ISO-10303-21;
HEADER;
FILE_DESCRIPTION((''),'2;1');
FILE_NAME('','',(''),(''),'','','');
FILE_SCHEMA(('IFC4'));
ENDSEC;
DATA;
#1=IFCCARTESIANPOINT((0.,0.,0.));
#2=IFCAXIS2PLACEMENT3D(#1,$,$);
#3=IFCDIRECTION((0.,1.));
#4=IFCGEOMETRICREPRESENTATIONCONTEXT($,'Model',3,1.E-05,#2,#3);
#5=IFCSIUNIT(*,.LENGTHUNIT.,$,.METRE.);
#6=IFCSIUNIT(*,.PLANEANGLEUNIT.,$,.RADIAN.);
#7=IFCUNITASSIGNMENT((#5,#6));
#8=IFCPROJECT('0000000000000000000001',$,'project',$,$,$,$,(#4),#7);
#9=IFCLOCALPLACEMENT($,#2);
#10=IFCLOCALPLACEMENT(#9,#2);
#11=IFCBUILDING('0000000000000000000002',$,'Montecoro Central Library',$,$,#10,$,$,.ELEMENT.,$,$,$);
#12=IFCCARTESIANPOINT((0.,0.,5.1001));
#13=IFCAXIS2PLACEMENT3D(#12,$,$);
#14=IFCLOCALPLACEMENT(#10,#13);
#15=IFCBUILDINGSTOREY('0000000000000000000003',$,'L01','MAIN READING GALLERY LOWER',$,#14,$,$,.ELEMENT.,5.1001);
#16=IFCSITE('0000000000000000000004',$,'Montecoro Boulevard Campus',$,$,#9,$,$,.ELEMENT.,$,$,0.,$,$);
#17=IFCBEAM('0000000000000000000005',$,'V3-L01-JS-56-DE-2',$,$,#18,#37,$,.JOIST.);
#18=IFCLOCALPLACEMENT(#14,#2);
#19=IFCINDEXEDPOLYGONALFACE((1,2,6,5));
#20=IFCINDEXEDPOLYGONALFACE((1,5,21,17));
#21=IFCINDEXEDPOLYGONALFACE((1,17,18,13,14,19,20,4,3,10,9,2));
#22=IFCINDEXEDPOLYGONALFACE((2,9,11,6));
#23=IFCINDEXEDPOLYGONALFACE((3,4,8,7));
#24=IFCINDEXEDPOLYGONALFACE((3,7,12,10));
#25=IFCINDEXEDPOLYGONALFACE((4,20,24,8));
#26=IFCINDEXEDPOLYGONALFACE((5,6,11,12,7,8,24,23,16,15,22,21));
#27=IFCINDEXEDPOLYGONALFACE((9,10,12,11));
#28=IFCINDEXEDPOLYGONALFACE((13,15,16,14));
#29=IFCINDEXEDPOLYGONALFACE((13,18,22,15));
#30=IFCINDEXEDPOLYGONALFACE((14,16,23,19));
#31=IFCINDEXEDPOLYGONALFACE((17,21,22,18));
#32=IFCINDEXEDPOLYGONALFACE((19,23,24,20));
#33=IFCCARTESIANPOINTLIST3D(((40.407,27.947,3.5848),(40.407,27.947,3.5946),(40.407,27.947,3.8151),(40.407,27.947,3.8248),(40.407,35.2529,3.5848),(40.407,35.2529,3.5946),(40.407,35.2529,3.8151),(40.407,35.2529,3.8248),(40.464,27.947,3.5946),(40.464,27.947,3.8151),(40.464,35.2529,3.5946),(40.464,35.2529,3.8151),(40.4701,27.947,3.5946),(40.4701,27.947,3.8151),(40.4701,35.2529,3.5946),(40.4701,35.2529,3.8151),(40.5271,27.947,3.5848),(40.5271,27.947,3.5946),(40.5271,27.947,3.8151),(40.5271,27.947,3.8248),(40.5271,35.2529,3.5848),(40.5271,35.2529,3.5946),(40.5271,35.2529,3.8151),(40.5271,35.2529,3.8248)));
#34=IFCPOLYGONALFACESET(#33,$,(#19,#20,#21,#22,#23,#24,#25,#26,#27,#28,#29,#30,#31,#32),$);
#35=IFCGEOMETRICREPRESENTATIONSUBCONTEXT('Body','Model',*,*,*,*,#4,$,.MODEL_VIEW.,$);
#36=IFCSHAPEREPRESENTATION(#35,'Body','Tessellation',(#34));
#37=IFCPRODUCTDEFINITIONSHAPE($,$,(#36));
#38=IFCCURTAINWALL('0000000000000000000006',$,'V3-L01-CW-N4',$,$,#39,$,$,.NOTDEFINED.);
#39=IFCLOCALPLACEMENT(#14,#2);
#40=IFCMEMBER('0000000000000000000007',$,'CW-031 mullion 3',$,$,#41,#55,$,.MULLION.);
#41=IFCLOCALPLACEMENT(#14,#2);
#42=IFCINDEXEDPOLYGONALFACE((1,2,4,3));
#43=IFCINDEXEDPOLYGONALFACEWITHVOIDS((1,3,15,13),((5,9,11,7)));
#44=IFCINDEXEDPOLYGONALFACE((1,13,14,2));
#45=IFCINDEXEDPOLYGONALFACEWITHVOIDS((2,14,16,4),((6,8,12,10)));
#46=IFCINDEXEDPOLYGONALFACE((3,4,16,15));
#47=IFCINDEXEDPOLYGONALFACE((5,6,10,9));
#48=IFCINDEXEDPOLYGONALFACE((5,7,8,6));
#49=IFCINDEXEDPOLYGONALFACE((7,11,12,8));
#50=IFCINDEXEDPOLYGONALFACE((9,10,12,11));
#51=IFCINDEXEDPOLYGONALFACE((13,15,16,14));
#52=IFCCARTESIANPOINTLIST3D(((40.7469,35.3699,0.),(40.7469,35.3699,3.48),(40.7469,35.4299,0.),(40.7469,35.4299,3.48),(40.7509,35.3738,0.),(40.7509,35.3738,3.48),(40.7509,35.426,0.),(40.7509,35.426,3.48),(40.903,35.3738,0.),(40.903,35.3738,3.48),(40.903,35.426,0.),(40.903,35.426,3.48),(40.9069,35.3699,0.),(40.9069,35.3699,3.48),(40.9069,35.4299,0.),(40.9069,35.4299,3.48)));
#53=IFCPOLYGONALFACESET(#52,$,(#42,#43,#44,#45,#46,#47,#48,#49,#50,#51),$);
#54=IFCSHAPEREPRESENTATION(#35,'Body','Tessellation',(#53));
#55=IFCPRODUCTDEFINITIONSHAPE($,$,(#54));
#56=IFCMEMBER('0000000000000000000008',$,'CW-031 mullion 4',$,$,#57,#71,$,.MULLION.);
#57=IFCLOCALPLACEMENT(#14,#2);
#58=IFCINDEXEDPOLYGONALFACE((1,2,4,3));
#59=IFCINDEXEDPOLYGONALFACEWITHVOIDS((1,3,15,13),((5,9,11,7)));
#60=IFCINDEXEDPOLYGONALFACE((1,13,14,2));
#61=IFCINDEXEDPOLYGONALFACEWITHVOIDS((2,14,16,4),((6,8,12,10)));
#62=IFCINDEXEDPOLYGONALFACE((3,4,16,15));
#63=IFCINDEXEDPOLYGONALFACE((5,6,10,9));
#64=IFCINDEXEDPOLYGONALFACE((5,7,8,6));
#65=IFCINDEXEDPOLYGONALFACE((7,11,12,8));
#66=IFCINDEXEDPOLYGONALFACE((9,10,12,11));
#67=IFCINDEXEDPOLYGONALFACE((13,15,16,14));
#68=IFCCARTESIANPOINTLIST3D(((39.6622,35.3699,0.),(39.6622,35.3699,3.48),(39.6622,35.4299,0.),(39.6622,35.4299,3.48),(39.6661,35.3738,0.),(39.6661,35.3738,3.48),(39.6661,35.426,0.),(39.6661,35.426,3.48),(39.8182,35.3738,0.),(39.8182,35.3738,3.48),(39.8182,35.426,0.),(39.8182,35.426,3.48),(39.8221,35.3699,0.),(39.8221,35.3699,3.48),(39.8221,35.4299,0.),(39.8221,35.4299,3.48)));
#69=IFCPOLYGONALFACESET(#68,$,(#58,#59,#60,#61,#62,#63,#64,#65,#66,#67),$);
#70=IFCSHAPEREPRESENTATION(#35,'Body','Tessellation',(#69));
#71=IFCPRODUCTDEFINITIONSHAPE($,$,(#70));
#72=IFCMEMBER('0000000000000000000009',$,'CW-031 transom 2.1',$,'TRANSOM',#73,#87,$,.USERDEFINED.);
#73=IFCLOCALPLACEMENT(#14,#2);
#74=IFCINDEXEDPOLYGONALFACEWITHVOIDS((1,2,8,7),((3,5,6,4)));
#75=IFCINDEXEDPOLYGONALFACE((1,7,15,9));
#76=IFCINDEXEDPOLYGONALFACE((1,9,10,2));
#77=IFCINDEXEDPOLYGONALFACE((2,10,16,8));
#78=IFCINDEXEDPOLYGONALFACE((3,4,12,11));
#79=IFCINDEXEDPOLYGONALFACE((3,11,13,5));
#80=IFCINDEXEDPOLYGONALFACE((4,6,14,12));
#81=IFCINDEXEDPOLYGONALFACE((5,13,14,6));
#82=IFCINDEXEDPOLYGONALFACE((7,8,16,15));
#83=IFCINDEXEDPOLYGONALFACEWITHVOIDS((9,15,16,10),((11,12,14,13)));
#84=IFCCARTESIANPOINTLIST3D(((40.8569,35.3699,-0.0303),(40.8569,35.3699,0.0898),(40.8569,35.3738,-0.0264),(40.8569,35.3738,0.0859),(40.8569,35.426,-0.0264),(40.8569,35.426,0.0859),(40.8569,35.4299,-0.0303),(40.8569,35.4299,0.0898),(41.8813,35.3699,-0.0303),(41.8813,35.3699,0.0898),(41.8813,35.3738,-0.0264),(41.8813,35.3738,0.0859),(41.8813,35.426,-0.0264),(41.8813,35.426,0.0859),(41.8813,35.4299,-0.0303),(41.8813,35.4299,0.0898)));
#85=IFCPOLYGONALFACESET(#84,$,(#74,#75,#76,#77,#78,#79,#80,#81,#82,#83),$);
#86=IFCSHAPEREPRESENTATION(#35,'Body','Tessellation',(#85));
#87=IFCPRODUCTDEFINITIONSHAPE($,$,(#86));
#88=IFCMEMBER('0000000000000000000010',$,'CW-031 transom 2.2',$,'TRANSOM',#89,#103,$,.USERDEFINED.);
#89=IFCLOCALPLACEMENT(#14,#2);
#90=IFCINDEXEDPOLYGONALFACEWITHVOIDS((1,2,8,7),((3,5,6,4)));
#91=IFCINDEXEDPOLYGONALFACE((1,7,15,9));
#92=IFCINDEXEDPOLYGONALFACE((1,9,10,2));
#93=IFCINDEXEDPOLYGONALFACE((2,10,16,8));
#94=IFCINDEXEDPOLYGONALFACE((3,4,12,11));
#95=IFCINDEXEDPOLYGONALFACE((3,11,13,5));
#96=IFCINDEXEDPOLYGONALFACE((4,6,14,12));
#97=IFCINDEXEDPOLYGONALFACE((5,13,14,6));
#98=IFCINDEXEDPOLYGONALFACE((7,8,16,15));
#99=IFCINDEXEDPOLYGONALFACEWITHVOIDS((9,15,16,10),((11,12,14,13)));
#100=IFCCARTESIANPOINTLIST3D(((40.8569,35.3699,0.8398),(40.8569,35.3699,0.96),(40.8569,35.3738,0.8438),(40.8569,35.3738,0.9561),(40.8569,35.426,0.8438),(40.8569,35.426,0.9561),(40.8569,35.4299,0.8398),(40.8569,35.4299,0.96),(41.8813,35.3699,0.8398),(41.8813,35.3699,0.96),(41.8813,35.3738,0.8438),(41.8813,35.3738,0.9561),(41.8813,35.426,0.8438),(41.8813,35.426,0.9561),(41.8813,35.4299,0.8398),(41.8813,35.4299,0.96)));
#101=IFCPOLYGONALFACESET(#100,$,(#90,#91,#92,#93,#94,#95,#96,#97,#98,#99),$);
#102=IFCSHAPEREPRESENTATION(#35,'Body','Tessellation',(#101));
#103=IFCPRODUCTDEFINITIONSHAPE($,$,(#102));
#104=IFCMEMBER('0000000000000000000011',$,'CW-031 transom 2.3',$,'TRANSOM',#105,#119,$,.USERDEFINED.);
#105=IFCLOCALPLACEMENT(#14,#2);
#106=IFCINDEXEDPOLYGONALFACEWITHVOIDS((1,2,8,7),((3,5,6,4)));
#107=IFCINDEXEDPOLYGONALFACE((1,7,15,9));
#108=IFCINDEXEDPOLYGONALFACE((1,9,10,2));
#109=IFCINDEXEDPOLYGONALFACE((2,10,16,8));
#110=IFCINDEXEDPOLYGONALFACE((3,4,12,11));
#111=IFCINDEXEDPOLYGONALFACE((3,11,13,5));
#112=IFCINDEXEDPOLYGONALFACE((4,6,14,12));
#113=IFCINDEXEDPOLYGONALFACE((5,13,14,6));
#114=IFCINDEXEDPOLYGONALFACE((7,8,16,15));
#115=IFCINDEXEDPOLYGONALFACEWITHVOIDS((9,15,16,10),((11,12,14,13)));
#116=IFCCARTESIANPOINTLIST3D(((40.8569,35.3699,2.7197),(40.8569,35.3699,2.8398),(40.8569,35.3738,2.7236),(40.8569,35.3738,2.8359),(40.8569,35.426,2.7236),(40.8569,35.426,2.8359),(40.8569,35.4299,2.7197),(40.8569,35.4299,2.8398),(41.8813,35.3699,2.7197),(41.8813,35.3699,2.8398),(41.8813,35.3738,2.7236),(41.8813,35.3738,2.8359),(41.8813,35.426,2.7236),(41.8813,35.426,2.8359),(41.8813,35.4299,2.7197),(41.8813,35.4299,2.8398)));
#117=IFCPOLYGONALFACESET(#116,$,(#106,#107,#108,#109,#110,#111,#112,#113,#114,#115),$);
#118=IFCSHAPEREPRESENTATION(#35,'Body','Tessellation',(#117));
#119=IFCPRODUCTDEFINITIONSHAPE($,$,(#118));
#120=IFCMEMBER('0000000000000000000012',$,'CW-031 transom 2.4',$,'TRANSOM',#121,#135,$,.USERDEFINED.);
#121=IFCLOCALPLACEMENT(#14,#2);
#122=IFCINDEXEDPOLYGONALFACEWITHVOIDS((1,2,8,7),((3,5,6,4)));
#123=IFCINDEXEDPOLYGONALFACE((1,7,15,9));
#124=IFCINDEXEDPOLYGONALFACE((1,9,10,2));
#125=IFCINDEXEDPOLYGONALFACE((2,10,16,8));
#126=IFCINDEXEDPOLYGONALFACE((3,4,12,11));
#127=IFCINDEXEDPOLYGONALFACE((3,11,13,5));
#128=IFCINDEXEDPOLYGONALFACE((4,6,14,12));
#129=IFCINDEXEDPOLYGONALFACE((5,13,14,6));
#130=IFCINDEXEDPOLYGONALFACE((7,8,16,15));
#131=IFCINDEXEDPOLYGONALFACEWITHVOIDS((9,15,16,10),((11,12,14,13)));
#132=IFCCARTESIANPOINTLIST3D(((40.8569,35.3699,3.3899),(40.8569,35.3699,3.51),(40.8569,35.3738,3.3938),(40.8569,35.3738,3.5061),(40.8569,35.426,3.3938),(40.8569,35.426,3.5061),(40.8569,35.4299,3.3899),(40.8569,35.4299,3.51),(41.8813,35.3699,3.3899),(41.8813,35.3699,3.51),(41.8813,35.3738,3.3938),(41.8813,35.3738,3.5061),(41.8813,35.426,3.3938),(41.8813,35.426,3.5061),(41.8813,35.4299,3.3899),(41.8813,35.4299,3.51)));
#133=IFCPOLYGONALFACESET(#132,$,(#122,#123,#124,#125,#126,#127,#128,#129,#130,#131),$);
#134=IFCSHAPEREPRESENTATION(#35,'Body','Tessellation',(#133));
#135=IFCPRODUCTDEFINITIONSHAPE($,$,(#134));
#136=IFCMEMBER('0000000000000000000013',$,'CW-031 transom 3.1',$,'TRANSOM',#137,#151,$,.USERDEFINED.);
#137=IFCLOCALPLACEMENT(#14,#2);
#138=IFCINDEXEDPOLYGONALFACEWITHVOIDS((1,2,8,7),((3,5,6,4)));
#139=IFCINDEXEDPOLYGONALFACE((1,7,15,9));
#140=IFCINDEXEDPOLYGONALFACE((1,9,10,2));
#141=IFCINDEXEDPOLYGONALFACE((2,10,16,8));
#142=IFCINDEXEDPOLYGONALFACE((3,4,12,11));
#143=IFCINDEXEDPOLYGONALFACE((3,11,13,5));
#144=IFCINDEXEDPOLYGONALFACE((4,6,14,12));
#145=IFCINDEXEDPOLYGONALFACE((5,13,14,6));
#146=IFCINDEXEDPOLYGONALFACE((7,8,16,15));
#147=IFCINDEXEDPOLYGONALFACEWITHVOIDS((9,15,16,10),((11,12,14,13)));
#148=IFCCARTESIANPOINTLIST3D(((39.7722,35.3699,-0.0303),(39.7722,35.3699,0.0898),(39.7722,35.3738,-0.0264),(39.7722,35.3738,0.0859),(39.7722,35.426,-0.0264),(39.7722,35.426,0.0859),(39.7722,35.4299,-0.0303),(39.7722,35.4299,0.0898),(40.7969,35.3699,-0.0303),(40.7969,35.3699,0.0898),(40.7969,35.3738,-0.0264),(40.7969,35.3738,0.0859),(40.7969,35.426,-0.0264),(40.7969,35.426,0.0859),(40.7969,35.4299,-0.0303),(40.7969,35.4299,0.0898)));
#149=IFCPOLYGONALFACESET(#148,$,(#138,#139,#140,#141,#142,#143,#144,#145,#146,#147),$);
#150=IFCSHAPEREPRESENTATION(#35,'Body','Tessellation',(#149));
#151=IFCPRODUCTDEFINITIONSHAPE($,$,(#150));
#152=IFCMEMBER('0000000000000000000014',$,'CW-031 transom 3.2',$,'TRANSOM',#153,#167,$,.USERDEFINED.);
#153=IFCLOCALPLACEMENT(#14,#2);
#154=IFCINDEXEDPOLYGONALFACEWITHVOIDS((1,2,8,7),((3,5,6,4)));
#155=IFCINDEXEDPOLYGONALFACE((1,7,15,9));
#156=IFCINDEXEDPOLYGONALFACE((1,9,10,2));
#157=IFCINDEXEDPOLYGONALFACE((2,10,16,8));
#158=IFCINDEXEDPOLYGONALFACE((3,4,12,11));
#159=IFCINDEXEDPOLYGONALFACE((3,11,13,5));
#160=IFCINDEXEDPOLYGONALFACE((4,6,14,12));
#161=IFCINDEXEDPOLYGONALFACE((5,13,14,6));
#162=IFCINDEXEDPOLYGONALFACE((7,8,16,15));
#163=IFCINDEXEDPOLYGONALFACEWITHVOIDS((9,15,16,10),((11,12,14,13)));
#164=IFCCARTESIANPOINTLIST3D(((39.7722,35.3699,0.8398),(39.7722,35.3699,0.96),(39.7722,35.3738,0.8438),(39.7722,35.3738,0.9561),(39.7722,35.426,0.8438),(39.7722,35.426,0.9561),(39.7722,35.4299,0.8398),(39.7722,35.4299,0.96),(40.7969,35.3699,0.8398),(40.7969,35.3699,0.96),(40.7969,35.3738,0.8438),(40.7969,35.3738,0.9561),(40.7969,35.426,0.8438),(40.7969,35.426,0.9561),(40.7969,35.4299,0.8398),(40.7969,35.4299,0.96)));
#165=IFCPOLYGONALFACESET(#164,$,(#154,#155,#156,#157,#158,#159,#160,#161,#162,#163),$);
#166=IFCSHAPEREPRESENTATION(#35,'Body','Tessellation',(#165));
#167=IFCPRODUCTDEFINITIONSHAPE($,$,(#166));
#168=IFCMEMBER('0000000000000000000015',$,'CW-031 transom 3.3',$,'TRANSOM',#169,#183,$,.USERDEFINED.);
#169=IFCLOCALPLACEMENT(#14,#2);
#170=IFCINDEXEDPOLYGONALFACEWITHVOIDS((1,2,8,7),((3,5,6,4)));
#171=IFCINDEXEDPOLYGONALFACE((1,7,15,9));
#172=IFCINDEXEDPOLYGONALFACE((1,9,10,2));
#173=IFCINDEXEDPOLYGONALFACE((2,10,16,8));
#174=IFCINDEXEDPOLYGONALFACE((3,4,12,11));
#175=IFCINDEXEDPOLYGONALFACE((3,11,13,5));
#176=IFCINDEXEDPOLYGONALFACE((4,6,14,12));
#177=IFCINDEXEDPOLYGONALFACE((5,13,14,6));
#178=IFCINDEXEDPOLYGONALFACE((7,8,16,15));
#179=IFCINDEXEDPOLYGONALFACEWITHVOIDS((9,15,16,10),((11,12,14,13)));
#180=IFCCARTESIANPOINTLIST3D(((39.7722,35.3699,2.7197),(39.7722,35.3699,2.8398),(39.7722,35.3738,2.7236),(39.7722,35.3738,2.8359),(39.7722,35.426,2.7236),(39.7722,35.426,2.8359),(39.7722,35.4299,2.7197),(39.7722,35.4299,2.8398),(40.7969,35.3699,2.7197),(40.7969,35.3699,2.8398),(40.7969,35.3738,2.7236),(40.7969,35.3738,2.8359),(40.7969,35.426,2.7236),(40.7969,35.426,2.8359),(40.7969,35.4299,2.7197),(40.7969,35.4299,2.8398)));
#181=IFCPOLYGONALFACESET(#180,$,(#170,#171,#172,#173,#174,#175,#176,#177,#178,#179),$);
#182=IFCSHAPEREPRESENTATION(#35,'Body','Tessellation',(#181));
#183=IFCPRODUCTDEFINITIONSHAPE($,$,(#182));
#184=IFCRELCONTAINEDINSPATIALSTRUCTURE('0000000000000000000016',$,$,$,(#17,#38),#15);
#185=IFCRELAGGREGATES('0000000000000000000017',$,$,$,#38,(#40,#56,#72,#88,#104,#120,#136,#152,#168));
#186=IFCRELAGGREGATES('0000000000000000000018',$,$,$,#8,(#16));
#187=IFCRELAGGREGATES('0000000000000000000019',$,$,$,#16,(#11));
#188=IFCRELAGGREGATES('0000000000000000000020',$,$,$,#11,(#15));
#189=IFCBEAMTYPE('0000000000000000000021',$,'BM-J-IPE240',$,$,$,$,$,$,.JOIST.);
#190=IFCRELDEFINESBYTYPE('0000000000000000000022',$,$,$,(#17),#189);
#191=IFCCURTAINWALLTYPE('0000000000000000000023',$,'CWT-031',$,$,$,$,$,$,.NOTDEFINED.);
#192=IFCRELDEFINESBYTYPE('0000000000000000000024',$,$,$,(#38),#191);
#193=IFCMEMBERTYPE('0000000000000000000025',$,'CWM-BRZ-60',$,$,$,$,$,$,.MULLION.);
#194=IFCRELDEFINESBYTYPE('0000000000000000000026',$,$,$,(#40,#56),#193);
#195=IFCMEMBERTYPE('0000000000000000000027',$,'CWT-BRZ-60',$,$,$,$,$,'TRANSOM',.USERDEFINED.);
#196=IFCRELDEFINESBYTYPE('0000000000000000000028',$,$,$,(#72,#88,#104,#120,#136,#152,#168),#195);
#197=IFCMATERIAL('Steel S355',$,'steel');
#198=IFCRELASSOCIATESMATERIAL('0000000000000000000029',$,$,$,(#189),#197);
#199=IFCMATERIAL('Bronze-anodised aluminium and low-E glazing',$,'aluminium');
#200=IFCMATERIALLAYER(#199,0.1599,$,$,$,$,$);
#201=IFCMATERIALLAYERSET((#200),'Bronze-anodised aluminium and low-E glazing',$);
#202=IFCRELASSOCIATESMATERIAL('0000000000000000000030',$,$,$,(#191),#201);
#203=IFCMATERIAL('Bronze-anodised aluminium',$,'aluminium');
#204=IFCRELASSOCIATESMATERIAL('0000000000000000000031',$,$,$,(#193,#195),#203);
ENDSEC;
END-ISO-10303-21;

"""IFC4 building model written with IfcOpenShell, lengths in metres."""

from ifc_helpers import new_model, si_unit, direction, frame, origin, origin_2d, place, context, subcontext, project, spatial, hollow_rectangle, i_section, extrude, material, layer, layer_set, material_profile, profile_set, type_object, element, aggregate, save


model = new_model("IFC4")

# Units and contexts
model_context = context("Model", 3, precision=1e-05, world=origin(), true_north=direction((0.0, 1.0)))
body_context = subcontext(model_context, "Body", "Model", "MODEL_VIEW")
ifc_project = project(units=[si_unit("LENGTHUNIT", "METRE"), si_unit("PLANEANGLEUNIT", "RADIAN")], contexts=[model_context])

# Site, building, storey
site_placement = place(None, origin())
site = spatial("IfcSite", under=ifc_project, at=site_placement, Name="Montecoro Boulevard Campus", CompositionType="ELEMENT", RefElevation=0.0)
building_placement = place(site_placement, origin())
building = spatial("IfcBuilding", under=site, at=building_placement, Name="Montecoro Central Library", CompositionType="ELEMENT")
storey_placement = place(building_placement, frame((0.0, 0.0, 5.1001)))
storey = spatial("IfcBuildingStorey", under=building, at=storey_placement, Name="L01", Description="MAIN READING GALLERY LOWER", CompositionType="ELEMENT", Elevation=5.1001)

# Beam
ifc_material_1 = material(Name="Steel S355", Category="steel")
ifc_material_profile_1 = material_profile(ifc_material_1, i_section(OverallWidth=0.1201, OverallDepth=0.24, WebThickness=0.0061, FlangeThickness=0.0098, at=origin_2d()), Name="IPE 240")
ifc_profile_set_1 = profile_set([ifc_material_profile_1], Name="Steel S355")
beam_type = type_object("IfcBeamType", Name="BM-J-IPE240", PredefinedType="JOIST", material=ifc_profile_set_1)
beam_placement = place(storey_placement, frame((40.467, 27.947, 3.7048), z_axis=(0.0, 1.0, 0.0), x_axis=(-1.0, 0.0, 0.0)))
element("IfcBeam", 1, at=beam_placement, inside=storey, type_object=beam_type, Name="V3-L01-JS-56-DE-2", PredefinedType="JOIST", context=body_context, shape_type="SweptSolid", body=[
    extrude(i_section(OverallWidth=0.1201, OverallDepth=0.24, WebThickness=0.0061, FlangeThickness=0.0098, at=origin_2d()), origin(), (0.0, 0.0, 1.0), 7.3059),
])

# Curtain wall, members
ifc_material_2 = material(Name="Bronze-anodised aluminium and low-E glazing", Category="aluminium")
ifc_layer_1 = layer(ifc_material_2, 0.1599)
ifc_layer_set_1 = layer_set([ifc_layer_1], Name="Bronze-anodised aluminium and low-E glazing")
curtain_wall_type = type_object("IfcCurtainWallType", Name="CWT-031", PredefinedType="NOTDEFINED", material=ifc_layer_set_1)
curtain_wall_placement = place(storey_placement, origin())
curtain_wall = element("IfcCurtainWall", 2, at=curtain_wall_placement, inside=storey, type_object=curtain_wall_type, Name="V3-L01-CW-N4", PredefinedType="NOTDEFINED")
ifc_material_3 = material(Name="Bronze-anodised aluminium", Category="aluminium")
ifc_material_profile_2 = material_profile(ifc_material_3, hollow_rectangle(XDim=0.0601, YDim=0.1599, WallThickness=0.0039, at=origin_2d()), Name="CWM 160x60x4.0")
ifc_profile_set_2 = profile_set([ifc_material_profile_2], Name="Bronze-anodised aluminium")
member_type_1 = type_object("IfcMemberType", Name="CWM-BRZ-60", PredefinedType="MULLION", material=ifc_profile_set_2)
member_1_placement = place(storey_placement, frame((40.8269, 35.3999, 0.0), z_axis=(0.0, 0.0, 1.0), x_axis=(0.0, -1.0, 0.0)))
member_1 = element("IfcMember", 3, at=member_1_placement, type_object=member_type_1, Name="CW-031 mullion 3", PredefinedType="MULLION", context=body_context, shape_type="SweptSolid", body=[
    extrude(hollow_rectangle(XDim=0.0601, YDim=0.1599, WallThickness=0.0039, at=origin_2d()), origin(), (0.0, 0.0, 1.0), 3.48),
])
member_2_placement = place(storey_placement, frame((39.7422, 35.3999, 0.0), z_axis=(0.0, 0.0, 1.0), x_axis=(0.0, -1.0, 0.0)))
member_2 = element("IfcMember", 4, at=member_2_placement, type_object=member_type_1, Name="CW-031 mullion 4", PredefinedType="MULLION", context=body_context, shape_type="SweptSolid", body=[
    extrude(hollow_rectangle(XDim=0.0601, YDim=0.1599, WallThickness=0.0039, at=origin_2d()), origin(), (0.0, 0.0, 1.0), 3.48),
])
ifc_material_profile_3 = material_profile(ifc_material_3, hollow_rectangle(XDim=0.0601, YDim=0.1201, WallThickness=0.0039, at=origin_2d()), Name="CWT 120x60x4.0")
ifc_profile_set_3 = profile_set([ifc_material_profile_3], Name="Bronze-anodised aluminium")
member_type_2 = type_object("IfcMemberType", Name="CWT-BRZ-60", ElementType="TRANSOM", PredefinedType="USERDEFINED", material=ifc_profile_set_3)
member_3_placement = place(storey_placement, frame((41.8813, 35.3999, 0.0298), z_axis=(-1.0, 0.0, 0.0), x_axis=(0.0, -1.0, 0.0)))
member_3 = element("IfcMember", 5, at=member_3_placement, type_object=member_type_2, Name="CW-031 transom 2.1", ObjectType="TRANSOM", PredefinedType="USERDEFINED", context=body_context, shape_type="SweptSolid", body=[
    extrude(hollow_rectangle(XDim=0.0601, YDim=0.1201, WallThickness=0.0039, at=origin_2d()), origin(), (0.0, 0.0, 1.0), 1.0244),
])
member_4_placement = place(storey_placement, frame((41.8813, 35.3999, 0.8999), z_axis=(-1.0, 0.0, 0.0), x_axis=(0.0, -1.0, 0.0)))
member_4 = element("IfcMember", 6, at=member_4_placement, type_object=member_type_2, Name="CW-031 transom 2.2", ObjectType="TRANSOM", PredefinedType="USERDEFINED", context=body_context, shape_type="SweptSolid", body=[
    extrude(hollow_rectangle(XDim=0.0601, YDim=0.1201, WallThickness=0.0039, at=origin_2d()), origin(), (0.0, 0.0, 1.0), 1.0244),
])
member_5_placement = place(storey_placement, frame((41.8813, 35.3999, 2.7798), z_axis=(-1.0, 0.0, 0.0), x_axis=(0.0, -1.0, 0.0)))
member_5 = element("IfcMember", 7, at=member_5_placement, type_object=member_type_2, Name="CW-031 transom 2.3", ObjectType="TRANSOM", PredefinedType="USERDEFINED", context=body_context, shape_type="SweptSolid", body=[
    extrude(hollow_rectangle(XDim=0.0601, YDim=0.1201, WallThickness=0.0039, at=origin_2d()), origin(), (0.0, 0.0, 1.0), 1.0244),
])
member_6_placement = place(storey_placement, frame((41.8813, 35.3999, 3.45), z_axis=(-1.0, 0.0, 0.0), x_axis=(0.0, -1.0, 0.0)))
member_6 = element("IfcMember", 8, at=member_6_placement, type_object=member_type_2, Name="CW-031 transom 2.4", ObjectType="TRANSOM", PredefinedType="USERDEFINED", context=body_context, shape_type="SweptSolid", body=[
    extrude(hollow_rectangle(XDim=0.0601, YDim=0.1201, WallThickness=0.0039, at=origin_2d()), origin(), (0.0, 0.0, 1.0), 1.0244),
])
member_7_placement = place(storey_placement, frame((40.7969, 35.3999, 0.0298), z_axis=(-1.0, 0.0, 0.0), x_axis=(0.0, -1.0, 0.0)))
member_7 = element("IfcMember", 9, at=member_7_placement, type_object=member_type_2, Name="CW-031 transom 3.1", ObjectType="TRANSOM", PredefinedType="USERDEFINED", context=body_context, shape_type="SweptSolid", body=[
    extrude(hollow_rectangle(XDim=0.0601, YDim=0.1201, WallThickness=0.0039, at=origin_2d()), origin(), (0.0, 0.0, 1.0), 1.0247),
])
member_8_placement = place(storey_placement, frame((40.7969, 35.3999, 0.8999), z_axis=(-1.0, 0.0, 0.0), x_axis=(0.0, -1.0, 0.0)))
member_8 = element("IfcMember", 10, at=member_8_placement, type_object=member_type_2, Name="CW-031 transom 3.2", ObjectType="TRANSOM", PredefinedType="USERDEFINED", context=body_context, shape_type="SweptSolid", body=[
    extrude(hollow_rectangle(XDim=0.0601, YDim=0.1201, WallThickness=0.0039, at=origin_2d()), origin(), (0.0, 0.0, 1.0), 1.0247),
])
member_9_placement = place(storey_placement, frame((40.7969, 35.3999, 2.7798), z_axis=(-1.0, 0.0, 0.0), x_axis=(0.0, -1.0, 0.0)))
member_9 = element("IfcMember", 11, at=member_9_placement, type_object=member_type_2, Name="CW-031 transom 3.3", ObjectType="TRANSOM", PredefinedType="USERDEFINED", context=body_context, shape_type="SweptSolid", body=[
    extrude(hollow_rectangle(XDim=0.0601, YDim=0.1201, WallThickness=0.0039, at=origin_2d()), origin(), (0.0, 0.0, 1.0), 1.0247),
])
aggregate(curtain_wall, [member_1, member_2, member_3, member_4, member_5, member_6, member_7, member_8, member_9])

save(model, "model.ifc")
